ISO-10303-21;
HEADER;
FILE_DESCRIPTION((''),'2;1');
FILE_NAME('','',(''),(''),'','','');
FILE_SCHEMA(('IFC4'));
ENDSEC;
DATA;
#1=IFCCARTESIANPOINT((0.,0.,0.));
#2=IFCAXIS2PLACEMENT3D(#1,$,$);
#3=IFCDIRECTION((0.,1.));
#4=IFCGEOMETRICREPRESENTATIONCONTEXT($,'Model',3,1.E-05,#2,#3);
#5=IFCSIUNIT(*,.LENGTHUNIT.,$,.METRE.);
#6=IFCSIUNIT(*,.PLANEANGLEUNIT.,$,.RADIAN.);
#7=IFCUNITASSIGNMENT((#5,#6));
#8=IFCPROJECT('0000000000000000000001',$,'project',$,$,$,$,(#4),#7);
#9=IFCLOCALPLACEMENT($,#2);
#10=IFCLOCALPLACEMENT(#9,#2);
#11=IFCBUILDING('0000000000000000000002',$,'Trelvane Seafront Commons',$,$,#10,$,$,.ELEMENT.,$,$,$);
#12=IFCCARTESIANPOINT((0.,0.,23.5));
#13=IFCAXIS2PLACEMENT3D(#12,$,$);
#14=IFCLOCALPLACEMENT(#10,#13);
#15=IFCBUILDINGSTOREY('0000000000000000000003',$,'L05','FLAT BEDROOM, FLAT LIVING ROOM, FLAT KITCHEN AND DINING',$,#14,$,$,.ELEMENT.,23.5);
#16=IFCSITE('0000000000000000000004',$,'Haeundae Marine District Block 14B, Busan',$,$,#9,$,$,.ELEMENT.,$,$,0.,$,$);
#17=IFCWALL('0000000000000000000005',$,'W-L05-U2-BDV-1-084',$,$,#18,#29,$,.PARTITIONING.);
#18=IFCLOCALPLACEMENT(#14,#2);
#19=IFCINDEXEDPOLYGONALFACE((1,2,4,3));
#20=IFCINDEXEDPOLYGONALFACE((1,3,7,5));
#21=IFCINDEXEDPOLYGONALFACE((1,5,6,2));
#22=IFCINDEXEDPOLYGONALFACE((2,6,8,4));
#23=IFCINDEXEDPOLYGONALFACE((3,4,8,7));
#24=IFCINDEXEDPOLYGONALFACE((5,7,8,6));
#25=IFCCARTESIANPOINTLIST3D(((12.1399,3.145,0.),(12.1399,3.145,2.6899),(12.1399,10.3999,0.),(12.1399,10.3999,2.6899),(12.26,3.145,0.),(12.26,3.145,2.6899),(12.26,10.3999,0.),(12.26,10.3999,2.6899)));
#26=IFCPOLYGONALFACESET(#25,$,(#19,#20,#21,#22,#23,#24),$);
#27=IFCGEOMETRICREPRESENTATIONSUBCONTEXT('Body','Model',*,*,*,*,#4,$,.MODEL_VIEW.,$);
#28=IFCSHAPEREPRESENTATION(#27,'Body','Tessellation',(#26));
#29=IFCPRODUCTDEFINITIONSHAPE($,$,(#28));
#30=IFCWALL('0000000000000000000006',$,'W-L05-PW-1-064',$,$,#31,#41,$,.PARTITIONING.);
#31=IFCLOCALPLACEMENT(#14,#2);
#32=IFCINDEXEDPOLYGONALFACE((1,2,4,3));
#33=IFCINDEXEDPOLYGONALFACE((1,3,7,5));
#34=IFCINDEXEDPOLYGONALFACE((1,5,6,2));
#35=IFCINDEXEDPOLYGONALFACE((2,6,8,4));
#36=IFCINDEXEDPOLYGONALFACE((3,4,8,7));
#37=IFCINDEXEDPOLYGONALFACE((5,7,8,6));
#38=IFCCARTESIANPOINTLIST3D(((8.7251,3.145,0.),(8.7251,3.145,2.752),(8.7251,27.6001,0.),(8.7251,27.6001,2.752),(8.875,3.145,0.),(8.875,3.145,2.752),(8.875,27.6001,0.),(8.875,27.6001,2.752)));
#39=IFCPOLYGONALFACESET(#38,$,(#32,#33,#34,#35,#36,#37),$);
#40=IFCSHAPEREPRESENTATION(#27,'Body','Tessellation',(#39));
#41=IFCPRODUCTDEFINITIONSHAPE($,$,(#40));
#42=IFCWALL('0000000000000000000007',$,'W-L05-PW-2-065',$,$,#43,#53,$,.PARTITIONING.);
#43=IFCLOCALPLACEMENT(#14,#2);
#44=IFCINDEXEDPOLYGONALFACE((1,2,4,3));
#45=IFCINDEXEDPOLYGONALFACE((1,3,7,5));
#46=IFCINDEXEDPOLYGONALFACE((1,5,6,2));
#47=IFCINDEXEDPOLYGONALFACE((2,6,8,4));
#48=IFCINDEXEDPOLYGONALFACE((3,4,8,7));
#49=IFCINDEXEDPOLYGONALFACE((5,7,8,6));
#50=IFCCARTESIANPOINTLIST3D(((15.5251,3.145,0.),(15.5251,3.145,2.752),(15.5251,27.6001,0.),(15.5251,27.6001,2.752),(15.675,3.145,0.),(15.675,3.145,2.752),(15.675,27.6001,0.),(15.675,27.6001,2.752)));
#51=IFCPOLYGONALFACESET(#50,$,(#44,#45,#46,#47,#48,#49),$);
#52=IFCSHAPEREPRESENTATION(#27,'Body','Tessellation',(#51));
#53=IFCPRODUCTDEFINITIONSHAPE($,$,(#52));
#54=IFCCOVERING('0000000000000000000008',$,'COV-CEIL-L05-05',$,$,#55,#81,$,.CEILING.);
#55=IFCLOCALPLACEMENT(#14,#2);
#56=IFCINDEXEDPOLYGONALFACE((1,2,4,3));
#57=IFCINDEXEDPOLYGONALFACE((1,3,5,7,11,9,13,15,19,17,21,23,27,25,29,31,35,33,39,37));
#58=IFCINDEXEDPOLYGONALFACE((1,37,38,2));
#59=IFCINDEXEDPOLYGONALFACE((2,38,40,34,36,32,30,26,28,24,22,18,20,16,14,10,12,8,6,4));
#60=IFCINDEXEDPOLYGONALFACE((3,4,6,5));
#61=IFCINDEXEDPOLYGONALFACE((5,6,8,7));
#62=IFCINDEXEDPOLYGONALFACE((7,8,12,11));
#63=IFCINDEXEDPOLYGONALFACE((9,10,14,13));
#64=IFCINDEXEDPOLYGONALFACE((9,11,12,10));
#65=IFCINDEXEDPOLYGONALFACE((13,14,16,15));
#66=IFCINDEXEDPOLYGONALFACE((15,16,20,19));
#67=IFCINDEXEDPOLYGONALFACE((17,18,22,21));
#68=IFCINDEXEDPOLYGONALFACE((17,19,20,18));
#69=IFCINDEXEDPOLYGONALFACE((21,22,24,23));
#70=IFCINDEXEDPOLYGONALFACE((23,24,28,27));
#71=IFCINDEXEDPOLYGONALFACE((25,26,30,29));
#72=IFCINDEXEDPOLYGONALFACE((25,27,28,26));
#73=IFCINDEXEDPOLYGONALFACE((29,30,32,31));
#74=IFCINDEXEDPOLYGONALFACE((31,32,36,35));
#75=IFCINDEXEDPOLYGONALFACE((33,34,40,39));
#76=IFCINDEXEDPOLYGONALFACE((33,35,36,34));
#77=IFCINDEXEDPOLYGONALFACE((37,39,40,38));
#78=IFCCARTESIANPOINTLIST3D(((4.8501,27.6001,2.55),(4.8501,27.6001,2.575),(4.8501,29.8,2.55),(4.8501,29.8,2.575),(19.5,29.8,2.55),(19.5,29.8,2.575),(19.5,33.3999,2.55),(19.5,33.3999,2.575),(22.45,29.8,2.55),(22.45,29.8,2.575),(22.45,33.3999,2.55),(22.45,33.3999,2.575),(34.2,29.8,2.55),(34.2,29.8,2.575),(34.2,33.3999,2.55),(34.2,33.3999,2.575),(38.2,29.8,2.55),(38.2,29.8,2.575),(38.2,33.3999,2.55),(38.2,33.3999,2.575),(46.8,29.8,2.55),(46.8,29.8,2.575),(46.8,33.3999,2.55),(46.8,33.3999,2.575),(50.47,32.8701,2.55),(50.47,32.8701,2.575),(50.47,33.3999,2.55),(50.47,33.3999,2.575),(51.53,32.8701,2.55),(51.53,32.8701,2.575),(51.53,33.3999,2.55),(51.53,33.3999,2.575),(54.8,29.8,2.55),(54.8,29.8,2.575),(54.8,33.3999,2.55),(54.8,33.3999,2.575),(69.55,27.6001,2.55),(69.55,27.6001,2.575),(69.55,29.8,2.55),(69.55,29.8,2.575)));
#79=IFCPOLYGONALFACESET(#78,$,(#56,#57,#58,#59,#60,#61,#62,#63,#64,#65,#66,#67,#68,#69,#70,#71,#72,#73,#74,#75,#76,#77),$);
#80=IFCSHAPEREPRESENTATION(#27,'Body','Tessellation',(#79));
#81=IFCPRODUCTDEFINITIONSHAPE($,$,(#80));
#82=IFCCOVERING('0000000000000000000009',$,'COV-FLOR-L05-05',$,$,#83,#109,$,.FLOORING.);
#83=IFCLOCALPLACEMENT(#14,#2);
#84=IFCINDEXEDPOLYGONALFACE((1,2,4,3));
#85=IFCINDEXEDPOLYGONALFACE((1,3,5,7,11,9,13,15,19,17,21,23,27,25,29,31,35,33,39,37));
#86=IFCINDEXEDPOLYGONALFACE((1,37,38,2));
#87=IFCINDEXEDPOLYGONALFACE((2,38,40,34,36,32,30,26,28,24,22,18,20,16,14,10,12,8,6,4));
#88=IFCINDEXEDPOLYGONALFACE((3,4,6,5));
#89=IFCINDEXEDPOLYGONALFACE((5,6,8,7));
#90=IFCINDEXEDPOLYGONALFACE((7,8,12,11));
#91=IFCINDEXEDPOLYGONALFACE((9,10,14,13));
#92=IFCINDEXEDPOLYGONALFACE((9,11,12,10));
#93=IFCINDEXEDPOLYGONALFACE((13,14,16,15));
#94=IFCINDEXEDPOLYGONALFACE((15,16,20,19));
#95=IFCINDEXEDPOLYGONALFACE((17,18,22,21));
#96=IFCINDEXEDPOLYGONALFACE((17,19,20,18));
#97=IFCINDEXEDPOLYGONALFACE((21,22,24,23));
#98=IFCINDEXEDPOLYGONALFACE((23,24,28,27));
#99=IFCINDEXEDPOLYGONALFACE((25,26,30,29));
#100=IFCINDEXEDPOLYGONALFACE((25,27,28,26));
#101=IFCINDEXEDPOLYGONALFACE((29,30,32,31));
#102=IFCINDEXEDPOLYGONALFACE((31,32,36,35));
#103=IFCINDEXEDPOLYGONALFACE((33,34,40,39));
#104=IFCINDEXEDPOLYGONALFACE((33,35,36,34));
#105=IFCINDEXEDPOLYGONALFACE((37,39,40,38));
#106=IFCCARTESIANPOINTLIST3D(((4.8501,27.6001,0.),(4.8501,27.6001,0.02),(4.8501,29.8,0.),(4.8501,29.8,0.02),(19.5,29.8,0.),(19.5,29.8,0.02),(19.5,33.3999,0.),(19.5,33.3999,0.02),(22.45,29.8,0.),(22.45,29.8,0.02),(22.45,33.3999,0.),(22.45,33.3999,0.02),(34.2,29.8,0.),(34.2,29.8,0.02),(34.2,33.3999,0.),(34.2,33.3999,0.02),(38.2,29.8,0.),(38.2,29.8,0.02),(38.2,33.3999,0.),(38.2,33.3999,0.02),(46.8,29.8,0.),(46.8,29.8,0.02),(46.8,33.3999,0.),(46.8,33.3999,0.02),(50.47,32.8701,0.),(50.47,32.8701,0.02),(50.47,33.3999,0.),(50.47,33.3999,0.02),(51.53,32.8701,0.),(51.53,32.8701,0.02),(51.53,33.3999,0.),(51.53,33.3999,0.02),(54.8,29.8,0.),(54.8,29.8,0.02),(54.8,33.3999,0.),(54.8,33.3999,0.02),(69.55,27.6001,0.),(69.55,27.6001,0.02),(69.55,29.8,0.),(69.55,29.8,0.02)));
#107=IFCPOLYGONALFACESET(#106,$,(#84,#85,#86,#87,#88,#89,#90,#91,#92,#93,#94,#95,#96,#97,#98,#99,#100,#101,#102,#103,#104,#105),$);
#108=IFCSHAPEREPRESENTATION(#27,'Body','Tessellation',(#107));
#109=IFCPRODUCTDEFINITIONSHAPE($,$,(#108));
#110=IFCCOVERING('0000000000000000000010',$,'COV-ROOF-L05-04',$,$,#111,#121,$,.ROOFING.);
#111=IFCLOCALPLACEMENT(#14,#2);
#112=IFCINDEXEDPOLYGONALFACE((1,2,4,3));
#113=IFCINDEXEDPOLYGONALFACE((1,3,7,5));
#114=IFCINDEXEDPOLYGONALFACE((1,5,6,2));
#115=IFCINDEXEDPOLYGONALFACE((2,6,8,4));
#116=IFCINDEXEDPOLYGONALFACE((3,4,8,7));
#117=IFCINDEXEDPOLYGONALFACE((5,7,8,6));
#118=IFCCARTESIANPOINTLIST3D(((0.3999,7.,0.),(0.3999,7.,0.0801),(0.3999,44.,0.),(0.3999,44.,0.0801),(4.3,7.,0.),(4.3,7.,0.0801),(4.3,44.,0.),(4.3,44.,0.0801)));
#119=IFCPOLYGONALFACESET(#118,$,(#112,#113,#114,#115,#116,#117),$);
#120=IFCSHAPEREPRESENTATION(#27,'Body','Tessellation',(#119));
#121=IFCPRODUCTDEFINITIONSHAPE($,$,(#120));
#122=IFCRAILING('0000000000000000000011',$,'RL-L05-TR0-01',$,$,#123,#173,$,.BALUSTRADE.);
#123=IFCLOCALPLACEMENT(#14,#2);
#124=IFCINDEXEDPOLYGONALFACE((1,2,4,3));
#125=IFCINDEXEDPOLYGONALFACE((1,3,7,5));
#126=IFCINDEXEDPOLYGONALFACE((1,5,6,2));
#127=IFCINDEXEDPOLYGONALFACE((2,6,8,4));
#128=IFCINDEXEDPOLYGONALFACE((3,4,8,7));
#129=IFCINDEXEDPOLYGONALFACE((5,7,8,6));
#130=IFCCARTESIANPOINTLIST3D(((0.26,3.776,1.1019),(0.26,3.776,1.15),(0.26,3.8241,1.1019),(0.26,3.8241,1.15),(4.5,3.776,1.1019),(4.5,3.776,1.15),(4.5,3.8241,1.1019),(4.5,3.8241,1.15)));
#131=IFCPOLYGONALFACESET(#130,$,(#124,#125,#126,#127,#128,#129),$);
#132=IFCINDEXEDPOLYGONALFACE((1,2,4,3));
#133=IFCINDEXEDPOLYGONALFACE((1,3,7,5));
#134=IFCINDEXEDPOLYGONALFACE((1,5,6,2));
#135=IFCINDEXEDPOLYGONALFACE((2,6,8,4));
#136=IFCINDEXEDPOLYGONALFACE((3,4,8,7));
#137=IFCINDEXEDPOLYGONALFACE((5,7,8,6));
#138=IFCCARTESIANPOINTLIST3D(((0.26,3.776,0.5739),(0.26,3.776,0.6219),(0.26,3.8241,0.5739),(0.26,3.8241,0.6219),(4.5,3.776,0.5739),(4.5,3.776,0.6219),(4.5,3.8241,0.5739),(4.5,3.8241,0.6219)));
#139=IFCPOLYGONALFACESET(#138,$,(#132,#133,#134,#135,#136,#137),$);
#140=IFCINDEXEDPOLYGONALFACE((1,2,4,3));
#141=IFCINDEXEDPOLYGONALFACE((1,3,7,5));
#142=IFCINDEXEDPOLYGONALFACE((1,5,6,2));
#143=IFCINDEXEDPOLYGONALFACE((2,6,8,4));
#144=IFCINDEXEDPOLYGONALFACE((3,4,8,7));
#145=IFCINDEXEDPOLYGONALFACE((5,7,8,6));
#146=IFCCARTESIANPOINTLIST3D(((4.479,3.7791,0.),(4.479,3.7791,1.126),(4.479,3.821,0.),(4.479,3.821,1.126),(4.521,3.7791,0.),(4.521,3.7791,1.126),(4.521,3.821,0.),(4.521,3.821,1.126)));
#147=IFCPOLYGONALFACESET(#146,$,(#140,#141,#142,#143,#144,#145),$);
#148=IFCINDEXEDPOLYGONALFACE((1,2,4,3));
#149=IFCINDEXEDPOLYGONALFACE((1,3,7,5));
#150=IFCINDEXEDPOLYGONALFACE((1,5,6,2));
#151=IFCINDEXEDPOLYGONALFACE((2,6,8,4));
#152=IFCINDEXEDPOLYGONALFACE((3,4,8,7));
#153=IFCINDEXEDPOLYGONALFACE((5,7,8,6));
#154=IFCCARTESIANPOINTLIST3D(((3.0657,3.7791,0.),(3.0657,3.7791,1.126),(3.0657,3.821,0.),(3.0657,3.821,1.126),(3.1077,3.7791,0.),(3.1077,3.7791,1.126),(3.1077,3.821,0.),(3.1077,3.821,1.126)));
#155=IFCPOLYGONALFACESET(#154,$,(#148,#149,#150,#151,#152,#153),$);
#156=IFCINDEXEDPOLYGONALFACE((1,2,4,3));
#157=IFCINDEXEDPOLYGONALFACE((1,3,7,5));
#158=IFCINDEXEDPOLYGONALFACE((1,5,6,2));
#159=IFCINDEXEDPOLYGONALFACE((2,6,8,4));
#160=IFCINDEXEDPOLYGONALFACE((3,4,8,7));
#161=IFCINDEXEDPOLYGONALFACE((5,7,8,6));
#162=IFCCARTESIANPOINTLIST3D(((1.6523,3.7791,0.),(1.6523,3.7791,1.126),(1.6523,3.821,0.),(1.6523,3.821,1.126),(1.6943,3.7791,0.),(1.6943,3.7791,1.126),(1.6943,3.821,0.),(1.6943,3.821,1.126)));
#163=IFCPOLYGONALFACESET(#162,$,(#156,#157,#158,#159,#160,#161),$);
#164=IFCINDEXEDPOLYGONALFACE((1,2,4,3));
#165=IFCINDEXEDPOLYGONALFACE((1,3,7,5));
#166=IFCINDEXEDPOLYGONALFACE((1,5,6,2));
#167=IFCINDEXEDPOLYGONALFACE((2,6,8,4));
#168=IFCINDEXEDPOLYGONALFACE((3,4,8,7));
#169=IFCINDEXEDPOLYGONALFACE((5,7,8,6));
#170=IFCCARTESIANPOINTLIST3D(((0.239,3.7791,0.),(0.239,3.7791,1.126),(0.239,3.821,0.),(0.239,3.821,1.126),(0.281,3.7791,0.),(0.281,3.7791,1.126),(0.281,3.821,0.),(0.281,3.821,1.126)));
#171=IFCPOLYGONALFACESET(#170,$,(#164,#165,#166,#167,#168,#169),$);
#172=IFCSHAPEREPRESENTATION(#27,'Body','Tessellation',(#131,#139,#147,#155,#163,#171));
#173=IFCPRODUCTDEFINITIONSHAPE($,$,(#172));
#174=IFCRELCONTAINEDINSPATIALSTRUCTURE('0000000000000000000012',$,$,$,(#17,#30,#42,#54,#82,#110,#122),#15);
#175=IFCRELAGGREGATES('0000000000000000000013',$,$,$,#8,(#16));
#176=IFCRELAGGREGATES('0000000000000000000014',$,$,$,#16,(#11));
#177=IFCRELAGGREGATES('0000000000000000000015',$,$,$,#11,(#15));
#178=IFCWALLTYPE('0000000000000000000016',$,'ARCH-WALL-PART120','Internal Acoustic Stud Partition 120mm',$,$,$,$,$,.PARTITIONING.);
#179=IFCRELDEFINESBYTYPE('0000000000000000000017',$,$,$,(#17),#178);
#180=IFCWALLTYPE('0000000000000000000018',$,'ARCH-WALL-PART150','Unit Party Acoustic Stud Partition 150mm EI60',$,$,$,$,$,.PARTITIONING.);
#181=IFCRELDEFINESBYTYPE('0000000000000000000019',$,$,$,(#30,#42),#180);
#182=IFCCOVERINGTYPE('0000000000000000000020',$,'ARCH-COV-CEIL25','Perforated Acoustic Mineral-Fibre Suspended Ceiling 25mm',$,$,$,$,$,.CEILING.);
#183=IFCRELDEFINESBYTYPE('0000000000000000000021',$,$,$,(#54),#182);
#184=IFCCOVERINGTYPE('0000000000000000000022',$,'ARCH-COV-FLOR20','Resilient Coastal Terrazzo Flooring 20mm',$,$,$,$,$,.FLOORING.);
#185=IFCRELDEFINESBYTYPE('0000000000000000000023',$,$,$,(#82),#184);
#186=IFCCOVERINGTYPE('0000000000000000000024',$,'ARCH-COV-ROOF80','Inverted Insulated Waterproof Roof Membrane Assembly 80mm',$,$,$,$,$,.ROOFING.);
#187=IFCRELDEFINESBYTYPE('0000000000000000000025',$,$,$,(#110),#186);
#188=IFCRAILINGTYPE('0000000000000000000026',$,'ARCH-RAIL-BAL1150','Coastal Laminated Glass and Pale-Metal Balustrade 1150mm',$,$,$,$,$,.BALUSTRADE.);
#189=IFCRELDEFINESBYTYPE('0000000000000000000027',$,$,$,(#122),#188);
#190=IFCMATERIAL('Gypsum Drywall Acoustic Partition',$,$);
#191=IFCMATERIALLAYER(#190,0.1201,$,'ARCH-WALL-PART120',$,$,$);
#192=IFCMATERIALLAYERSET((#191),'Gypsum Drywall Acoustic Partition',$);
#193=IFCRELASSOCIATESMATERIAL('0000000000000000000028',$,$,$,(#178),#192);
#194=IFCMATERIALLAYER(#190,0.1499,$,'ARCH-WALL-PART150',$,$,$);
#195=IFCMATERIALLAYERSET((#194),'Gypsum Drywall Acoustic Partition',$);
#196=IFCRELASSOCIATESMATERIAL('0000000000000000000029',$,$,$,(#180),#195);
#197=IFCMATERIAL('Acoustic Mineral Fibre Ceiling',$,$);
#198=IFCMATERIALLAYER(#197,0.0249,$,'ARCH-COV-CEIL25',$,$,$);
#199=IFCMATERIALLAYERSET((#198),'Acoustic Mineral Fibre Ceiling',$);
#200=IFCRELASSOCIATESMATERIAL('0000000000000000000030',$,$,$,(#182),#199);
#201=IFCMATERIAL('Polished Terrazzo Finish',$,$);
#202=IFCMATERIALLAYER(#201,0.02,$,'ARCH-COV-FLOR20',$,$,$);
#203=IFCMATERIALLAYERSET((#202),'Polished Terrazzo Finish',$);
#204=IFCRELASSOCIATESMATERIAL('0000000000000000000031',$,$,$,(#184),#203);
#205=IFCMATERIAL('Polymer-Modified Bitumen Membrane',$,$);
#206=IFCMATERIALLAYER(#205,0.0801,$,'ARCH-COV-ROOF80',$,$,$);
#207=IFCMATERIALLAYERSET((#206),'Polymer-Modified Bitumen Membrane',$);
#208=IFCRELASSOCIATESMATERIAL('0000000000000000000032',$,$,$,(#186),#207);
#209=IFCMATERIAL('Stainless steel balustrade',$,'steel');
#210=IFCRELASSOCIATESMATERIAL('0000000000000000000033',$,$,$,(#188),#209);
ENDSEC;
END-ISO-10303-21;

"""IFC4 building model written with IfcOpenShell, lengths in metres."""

from ifc_helpers import new_model, si_unit, direction, frame, frame_2d, origin, origin_2d, place, context, subcontext, project, spatial, polyline, rectangle, outline, extrude, material, layer, layer_set, type_object, element, save


model = new_model("IFC4")

# Units and contexts
model_context = context("Model", 3, precision=1e-05, world=origin(), true_north=direction((0.0, 1.0)))
body_context = subcontext(model_context, "Body", "Model", "MODEL_VIEW")
ifc_project = project(units=[si_unit("LENGTHUNIT", "METRE"), si_unit("PLANEANGLEUNIT", "RADIAN")], contexts=[model_context])

# Site, building, storey
site_placement = place(None, origin())
site = spatial("IfcSite", under=ifc_project, at=site_placement, Name="Haeundae Marine District Block 14B, Busan", CompositionType="ELEMENT", RefElevation=0.0)
building_placement = place(site_placement, origin())
building = spatial("IfcBuilding", under=site, at=building_placement, Name="Trelvane Seafront Commons", CompositionType="ELEMENT")
storey_placement = place(building_placement, frame((0.0, 0.0, 23.5)))
storey = spatial("IfcBuildingStorey", under=building, at=storey_placement, Name="L05", Description="FLAT BEDROOM, FLAT LIVING ROOM, FLAT KITCHEN AND DINING", CompositionType="ELEMENT", Elevation=23.5)

# Walls
ifc_material_1 = material(Name="Gypsum Drywall Acoustic Partition")
ifc_layer_1 = layer(ifc_material_1, 0.1201, Name="ARCH-WALL-PART120")
ifc_layer_set_1 = layer_set([ifc_layer_1], Name="Gypsum Drywall Acoustic Partition")
wall_type_1 = type_object("IfcWallType", Name="ARCH-WALL-PART120", Description="Internal Acoustic Stud Partition 120mm", PredefinedType="PARTITIONING", material=ifc_layer_set_1)
wall_1_placement = place(storey_placement, frame((12.2, 3.145, 0.0), z_axis=(0.0, 0.0, 1.0), x_axis=(0.0, 1.0, 0.0)))
element("IfcWall", 1, at=wall_1_placement, inside=storey, type_object=wall_type_1, Name="W-L05-U2-BDV-1-084", PredefinedType="PARTITIONING", context=body_context, shape_type="SweptSolid", body=[
    extrude(rectangle(XDim=7.2549, YDim=0.1201, at=frame_2d((3.6274, 0.0))), origin(), (0.0, 0.0, 1.0), 2.6899),
])
ifc_layer_2 = layer(ifc_material_1, 0.1499, Name="ARCH-WALL-PART150")
ifc_layer_set_2 = layer_set([ifc_layer_2], Name="Gypsum Drywall Acoustic Partition")
wall_type_2 = type_object("IfcWallType", Name="ARCH-WALL-PART150", Description="Unit Party Acoustic Stud Partition 150mm EI60", PredefinedType="PARTITIONING", material=ifc_layer_set_2)
for number, where, z_axis, x_axis, name in (
    (2, (8.8, 3.145, 0.0), (0.0, 0.0, 1.0), (0.0, 1.0, 0.0), "W-L05-PW-1-064"),
    (3, (15.6001, 3.145, 0.0), (0.0, 0.0, 1.0), (0.0, 1.0, 0.0), "W-L05-PW-2-065"),
):
    element("IfcWall", number, at=place(storey_placement, frame(where, z_axis=z_axis, x_axis=x_axis)), inside=storey, type_object=wall_type_2, Name=name, PredefinedType="PARTITIONING", context=body_context, shape_type="SweptSolid", body=[
        extrude(rectangle(XDim=24.4551, YDim=0.1499, at=frame_2d((12.2275, 0.0))), origin(), (0.0, 0.0, 1.0), 2.752),
    ])

# Coverings
ifc_material_2 = material(Name="Acoustic Mineral Fibre Ceiling")
ifc_layer_3 = layer(ifc_material_2, 0.0249, Name="ARCH-COV-CEIL25")
ifc_layer_set_3 = layer_set([ifc_layer_3], Name="Acoustic Mineral Fibre Ceiling")
covering_type_1 = type_object("IfcCoveringType", Name="ARCH-COV-CEIL25", Description="Perforated Acoustic Mineral-Fibre Suspended Ceiling 25mm", PredefinedType="CEILING", material=ifc_layer_set_3)
covering_1_placement = place(storey_placement, frame((0.0, 0.0, 2.55)))
element("IfcCovering", 4, at=covering_1_placement, inside=storey, type_object=covering_type_1, Name="COV-CEIL-L05-05", PredefinedType="CEILING", context=body_context, shape_type="SweptSolid", body=[
    extrude(outline(polyline([(51.53, 33.3999), (51.53, 32.8701), (50.47, 32.8701), (50.47, 33.3999), (46.8, 33.3999), (46.8, 29.8), (38.2, 29.8), (38.2, 33.3999), (34.2, 33.3999), (34.2, 29.8), (22.45, 29.8), (22.45, 33.3999), (19.5, 33.3999), (19.5, 29.8), (4.8501, 29.8), (4.8501, 27.6001), (69.55, 27.6001), (69.55, 29.8), (54.8, 29.8), (54.8, 33.3999), (51.53, 33.3999)])), origin(), (0.0, 0.0, 1.0), 0.0249),
])
ifc_material_3 = material(Name="Polished Terrazzo Finish")
ifc_layer_4 = layer(ifc_material_3, 0.02, Name="ARCH-COV-FLOR20")
ifc_layer_set_4 = layer_set([ifc_layer_4], Name="Polished Terrazzo Finish")
covering_type_2 = type_object("IfcCoveringType", Name="ARCH-COV-FLOR20", Description="Resilient Coastal Terrazzo Flooring 20mm", PredefinedType="FLOORING", material=ifc_layer_set_4)
covering_2_placement = place(storey_placement, origin())
element("IfcCovering", 5, at=covering_2_placement, inside=storey, type_object=covering_type_2, Name="COV-FLOR-L05-05", PredefinedType="FLOORING", context=body_context, shape_type="SweptSolid", body=[
    extrude(outline(polyline([(51.53, 33.3999), (51.53, 32.8701), (50.47, 32.8701), (50.47, 33.3999), (46.8, 33.3999), (46.8, 29.8), (38.2, 29.8), (38.2, 33.3999), (34.2, 33.3999), (34.2, 29.8), (22.45, 29.8), (22.45, 33.3999), (19.5, 33.3999), (19.5, 29.8), (4.8501, 29.8), (4.8501, 27.6001), (69.55, 27.6001), (69.55, 29.8), (54.8, 29.8), (54.8, 33.3999), (51.53, 33.3999)])), origin(), (0.0, 0.0, 1.0), 0.02),
])
ifc_material_4 = material(Name="Polymer-Modified Bitumen Membrane")
ifc_layer_5 = layer(ifc_material_4, 0.0801, Name="ARCH-COV-ROOF80")
ifc_layer_set_5 = layer_set([ifc_layer_5], Name="Polymer-Modified Bitumen Membrane")
covering_type_3 = type_object("IfcCoveringType", Name="ARCH-COV-ROOF80", Description="Inverted Insulated Waterproof Roof Membrane Assembly 80mm", PredefinedType="ROOFING", material=ifc_layer_set_5)
covering_3_placement = place(storey_placement, origin())
element("IfcCovering", 6, at=covering_3_placement, inside=storey, type_object=covering_type_3, Name="COV-ROOF-L05-04", PredefinedType="ROOFING", context=body_context, shape_type="SweptSolid", body=[
    extrude(outline(polyline([(0.3999, 7.0), (4.3, 7.0), (4.3, 44.0), (0.3999, 44.0), (0.3999, 7.0)])), origin(), (0.0, 0.0, 1.0), 0.0801),
])

# Railing
ifc_material_5 = material(Name="Stainless steel balustrade", Category="steel")
railing_type = type_object("IfcRailingType", Name="ARCH-RAIL-BAL1150", Description="Coastal Laminated Glass and Pale-Metal Balustrade 1150mm", PredefinedType="BALUSTRADE", material=ifc_material_5)
railing_1_placement = place(storey_placement, frame((4.5, 3.8, 0.0)))
element("IfcRailing", 7, at=railing_1_placement, inside=storey, type_object=railing_type, Name="RL-L05-TR0-01", PredefinedType="BALUSTRADE", context=body_context, shape_type="SweptSolid", body=[
    extrude(rectangle(XDim=0.0481, YDim=0.0481, at=origin_2d()), frame((0.0, 0.0, 1.126), z_axis=(-1.0, 0.0, 0.0), x_axis=(0.0, -1.0, 0.0)), (0.0, 0.0, 1.0), 4.24),
    extrude(rectangle(XDim=0.0481, YDim=0.0481, at=origin_2d()), frame((0.0, 0.0, 0.5979), z_axis=(-1.0, 0.0, 0.0), x_axis=(0.0, -1.0, 0.0)), (0.0, 0.0, 1.0), 4.24),
    extrude(rectangle(XDim=0.042, YDim=0.042, at=origin_2d()), origin(), (0.0, 0.0, 1.0), 1.126),
    extrude(rectangle(XDim=0.042, YDim=0.042, at=origin_2d()), frame((-1.4133, 0.0, 0.0)), (0.0, 0.0, 1.0), 1.126),
    extrude(rectangle(XDim=0.042, YDim=0.042, at=origin_2d()), frame((-2.8267, 0.0, 0.0)), (0.0, 0.0, 1.0), 1.126),
    extrude(rectangle(XDim=0.042, YDim=0.042, at=origin_2d()), frame((-4.24, 0.0, 0.0)), (0.0, 0.0, 1.0), 1.126),
])

save(model, "model.ifc")
